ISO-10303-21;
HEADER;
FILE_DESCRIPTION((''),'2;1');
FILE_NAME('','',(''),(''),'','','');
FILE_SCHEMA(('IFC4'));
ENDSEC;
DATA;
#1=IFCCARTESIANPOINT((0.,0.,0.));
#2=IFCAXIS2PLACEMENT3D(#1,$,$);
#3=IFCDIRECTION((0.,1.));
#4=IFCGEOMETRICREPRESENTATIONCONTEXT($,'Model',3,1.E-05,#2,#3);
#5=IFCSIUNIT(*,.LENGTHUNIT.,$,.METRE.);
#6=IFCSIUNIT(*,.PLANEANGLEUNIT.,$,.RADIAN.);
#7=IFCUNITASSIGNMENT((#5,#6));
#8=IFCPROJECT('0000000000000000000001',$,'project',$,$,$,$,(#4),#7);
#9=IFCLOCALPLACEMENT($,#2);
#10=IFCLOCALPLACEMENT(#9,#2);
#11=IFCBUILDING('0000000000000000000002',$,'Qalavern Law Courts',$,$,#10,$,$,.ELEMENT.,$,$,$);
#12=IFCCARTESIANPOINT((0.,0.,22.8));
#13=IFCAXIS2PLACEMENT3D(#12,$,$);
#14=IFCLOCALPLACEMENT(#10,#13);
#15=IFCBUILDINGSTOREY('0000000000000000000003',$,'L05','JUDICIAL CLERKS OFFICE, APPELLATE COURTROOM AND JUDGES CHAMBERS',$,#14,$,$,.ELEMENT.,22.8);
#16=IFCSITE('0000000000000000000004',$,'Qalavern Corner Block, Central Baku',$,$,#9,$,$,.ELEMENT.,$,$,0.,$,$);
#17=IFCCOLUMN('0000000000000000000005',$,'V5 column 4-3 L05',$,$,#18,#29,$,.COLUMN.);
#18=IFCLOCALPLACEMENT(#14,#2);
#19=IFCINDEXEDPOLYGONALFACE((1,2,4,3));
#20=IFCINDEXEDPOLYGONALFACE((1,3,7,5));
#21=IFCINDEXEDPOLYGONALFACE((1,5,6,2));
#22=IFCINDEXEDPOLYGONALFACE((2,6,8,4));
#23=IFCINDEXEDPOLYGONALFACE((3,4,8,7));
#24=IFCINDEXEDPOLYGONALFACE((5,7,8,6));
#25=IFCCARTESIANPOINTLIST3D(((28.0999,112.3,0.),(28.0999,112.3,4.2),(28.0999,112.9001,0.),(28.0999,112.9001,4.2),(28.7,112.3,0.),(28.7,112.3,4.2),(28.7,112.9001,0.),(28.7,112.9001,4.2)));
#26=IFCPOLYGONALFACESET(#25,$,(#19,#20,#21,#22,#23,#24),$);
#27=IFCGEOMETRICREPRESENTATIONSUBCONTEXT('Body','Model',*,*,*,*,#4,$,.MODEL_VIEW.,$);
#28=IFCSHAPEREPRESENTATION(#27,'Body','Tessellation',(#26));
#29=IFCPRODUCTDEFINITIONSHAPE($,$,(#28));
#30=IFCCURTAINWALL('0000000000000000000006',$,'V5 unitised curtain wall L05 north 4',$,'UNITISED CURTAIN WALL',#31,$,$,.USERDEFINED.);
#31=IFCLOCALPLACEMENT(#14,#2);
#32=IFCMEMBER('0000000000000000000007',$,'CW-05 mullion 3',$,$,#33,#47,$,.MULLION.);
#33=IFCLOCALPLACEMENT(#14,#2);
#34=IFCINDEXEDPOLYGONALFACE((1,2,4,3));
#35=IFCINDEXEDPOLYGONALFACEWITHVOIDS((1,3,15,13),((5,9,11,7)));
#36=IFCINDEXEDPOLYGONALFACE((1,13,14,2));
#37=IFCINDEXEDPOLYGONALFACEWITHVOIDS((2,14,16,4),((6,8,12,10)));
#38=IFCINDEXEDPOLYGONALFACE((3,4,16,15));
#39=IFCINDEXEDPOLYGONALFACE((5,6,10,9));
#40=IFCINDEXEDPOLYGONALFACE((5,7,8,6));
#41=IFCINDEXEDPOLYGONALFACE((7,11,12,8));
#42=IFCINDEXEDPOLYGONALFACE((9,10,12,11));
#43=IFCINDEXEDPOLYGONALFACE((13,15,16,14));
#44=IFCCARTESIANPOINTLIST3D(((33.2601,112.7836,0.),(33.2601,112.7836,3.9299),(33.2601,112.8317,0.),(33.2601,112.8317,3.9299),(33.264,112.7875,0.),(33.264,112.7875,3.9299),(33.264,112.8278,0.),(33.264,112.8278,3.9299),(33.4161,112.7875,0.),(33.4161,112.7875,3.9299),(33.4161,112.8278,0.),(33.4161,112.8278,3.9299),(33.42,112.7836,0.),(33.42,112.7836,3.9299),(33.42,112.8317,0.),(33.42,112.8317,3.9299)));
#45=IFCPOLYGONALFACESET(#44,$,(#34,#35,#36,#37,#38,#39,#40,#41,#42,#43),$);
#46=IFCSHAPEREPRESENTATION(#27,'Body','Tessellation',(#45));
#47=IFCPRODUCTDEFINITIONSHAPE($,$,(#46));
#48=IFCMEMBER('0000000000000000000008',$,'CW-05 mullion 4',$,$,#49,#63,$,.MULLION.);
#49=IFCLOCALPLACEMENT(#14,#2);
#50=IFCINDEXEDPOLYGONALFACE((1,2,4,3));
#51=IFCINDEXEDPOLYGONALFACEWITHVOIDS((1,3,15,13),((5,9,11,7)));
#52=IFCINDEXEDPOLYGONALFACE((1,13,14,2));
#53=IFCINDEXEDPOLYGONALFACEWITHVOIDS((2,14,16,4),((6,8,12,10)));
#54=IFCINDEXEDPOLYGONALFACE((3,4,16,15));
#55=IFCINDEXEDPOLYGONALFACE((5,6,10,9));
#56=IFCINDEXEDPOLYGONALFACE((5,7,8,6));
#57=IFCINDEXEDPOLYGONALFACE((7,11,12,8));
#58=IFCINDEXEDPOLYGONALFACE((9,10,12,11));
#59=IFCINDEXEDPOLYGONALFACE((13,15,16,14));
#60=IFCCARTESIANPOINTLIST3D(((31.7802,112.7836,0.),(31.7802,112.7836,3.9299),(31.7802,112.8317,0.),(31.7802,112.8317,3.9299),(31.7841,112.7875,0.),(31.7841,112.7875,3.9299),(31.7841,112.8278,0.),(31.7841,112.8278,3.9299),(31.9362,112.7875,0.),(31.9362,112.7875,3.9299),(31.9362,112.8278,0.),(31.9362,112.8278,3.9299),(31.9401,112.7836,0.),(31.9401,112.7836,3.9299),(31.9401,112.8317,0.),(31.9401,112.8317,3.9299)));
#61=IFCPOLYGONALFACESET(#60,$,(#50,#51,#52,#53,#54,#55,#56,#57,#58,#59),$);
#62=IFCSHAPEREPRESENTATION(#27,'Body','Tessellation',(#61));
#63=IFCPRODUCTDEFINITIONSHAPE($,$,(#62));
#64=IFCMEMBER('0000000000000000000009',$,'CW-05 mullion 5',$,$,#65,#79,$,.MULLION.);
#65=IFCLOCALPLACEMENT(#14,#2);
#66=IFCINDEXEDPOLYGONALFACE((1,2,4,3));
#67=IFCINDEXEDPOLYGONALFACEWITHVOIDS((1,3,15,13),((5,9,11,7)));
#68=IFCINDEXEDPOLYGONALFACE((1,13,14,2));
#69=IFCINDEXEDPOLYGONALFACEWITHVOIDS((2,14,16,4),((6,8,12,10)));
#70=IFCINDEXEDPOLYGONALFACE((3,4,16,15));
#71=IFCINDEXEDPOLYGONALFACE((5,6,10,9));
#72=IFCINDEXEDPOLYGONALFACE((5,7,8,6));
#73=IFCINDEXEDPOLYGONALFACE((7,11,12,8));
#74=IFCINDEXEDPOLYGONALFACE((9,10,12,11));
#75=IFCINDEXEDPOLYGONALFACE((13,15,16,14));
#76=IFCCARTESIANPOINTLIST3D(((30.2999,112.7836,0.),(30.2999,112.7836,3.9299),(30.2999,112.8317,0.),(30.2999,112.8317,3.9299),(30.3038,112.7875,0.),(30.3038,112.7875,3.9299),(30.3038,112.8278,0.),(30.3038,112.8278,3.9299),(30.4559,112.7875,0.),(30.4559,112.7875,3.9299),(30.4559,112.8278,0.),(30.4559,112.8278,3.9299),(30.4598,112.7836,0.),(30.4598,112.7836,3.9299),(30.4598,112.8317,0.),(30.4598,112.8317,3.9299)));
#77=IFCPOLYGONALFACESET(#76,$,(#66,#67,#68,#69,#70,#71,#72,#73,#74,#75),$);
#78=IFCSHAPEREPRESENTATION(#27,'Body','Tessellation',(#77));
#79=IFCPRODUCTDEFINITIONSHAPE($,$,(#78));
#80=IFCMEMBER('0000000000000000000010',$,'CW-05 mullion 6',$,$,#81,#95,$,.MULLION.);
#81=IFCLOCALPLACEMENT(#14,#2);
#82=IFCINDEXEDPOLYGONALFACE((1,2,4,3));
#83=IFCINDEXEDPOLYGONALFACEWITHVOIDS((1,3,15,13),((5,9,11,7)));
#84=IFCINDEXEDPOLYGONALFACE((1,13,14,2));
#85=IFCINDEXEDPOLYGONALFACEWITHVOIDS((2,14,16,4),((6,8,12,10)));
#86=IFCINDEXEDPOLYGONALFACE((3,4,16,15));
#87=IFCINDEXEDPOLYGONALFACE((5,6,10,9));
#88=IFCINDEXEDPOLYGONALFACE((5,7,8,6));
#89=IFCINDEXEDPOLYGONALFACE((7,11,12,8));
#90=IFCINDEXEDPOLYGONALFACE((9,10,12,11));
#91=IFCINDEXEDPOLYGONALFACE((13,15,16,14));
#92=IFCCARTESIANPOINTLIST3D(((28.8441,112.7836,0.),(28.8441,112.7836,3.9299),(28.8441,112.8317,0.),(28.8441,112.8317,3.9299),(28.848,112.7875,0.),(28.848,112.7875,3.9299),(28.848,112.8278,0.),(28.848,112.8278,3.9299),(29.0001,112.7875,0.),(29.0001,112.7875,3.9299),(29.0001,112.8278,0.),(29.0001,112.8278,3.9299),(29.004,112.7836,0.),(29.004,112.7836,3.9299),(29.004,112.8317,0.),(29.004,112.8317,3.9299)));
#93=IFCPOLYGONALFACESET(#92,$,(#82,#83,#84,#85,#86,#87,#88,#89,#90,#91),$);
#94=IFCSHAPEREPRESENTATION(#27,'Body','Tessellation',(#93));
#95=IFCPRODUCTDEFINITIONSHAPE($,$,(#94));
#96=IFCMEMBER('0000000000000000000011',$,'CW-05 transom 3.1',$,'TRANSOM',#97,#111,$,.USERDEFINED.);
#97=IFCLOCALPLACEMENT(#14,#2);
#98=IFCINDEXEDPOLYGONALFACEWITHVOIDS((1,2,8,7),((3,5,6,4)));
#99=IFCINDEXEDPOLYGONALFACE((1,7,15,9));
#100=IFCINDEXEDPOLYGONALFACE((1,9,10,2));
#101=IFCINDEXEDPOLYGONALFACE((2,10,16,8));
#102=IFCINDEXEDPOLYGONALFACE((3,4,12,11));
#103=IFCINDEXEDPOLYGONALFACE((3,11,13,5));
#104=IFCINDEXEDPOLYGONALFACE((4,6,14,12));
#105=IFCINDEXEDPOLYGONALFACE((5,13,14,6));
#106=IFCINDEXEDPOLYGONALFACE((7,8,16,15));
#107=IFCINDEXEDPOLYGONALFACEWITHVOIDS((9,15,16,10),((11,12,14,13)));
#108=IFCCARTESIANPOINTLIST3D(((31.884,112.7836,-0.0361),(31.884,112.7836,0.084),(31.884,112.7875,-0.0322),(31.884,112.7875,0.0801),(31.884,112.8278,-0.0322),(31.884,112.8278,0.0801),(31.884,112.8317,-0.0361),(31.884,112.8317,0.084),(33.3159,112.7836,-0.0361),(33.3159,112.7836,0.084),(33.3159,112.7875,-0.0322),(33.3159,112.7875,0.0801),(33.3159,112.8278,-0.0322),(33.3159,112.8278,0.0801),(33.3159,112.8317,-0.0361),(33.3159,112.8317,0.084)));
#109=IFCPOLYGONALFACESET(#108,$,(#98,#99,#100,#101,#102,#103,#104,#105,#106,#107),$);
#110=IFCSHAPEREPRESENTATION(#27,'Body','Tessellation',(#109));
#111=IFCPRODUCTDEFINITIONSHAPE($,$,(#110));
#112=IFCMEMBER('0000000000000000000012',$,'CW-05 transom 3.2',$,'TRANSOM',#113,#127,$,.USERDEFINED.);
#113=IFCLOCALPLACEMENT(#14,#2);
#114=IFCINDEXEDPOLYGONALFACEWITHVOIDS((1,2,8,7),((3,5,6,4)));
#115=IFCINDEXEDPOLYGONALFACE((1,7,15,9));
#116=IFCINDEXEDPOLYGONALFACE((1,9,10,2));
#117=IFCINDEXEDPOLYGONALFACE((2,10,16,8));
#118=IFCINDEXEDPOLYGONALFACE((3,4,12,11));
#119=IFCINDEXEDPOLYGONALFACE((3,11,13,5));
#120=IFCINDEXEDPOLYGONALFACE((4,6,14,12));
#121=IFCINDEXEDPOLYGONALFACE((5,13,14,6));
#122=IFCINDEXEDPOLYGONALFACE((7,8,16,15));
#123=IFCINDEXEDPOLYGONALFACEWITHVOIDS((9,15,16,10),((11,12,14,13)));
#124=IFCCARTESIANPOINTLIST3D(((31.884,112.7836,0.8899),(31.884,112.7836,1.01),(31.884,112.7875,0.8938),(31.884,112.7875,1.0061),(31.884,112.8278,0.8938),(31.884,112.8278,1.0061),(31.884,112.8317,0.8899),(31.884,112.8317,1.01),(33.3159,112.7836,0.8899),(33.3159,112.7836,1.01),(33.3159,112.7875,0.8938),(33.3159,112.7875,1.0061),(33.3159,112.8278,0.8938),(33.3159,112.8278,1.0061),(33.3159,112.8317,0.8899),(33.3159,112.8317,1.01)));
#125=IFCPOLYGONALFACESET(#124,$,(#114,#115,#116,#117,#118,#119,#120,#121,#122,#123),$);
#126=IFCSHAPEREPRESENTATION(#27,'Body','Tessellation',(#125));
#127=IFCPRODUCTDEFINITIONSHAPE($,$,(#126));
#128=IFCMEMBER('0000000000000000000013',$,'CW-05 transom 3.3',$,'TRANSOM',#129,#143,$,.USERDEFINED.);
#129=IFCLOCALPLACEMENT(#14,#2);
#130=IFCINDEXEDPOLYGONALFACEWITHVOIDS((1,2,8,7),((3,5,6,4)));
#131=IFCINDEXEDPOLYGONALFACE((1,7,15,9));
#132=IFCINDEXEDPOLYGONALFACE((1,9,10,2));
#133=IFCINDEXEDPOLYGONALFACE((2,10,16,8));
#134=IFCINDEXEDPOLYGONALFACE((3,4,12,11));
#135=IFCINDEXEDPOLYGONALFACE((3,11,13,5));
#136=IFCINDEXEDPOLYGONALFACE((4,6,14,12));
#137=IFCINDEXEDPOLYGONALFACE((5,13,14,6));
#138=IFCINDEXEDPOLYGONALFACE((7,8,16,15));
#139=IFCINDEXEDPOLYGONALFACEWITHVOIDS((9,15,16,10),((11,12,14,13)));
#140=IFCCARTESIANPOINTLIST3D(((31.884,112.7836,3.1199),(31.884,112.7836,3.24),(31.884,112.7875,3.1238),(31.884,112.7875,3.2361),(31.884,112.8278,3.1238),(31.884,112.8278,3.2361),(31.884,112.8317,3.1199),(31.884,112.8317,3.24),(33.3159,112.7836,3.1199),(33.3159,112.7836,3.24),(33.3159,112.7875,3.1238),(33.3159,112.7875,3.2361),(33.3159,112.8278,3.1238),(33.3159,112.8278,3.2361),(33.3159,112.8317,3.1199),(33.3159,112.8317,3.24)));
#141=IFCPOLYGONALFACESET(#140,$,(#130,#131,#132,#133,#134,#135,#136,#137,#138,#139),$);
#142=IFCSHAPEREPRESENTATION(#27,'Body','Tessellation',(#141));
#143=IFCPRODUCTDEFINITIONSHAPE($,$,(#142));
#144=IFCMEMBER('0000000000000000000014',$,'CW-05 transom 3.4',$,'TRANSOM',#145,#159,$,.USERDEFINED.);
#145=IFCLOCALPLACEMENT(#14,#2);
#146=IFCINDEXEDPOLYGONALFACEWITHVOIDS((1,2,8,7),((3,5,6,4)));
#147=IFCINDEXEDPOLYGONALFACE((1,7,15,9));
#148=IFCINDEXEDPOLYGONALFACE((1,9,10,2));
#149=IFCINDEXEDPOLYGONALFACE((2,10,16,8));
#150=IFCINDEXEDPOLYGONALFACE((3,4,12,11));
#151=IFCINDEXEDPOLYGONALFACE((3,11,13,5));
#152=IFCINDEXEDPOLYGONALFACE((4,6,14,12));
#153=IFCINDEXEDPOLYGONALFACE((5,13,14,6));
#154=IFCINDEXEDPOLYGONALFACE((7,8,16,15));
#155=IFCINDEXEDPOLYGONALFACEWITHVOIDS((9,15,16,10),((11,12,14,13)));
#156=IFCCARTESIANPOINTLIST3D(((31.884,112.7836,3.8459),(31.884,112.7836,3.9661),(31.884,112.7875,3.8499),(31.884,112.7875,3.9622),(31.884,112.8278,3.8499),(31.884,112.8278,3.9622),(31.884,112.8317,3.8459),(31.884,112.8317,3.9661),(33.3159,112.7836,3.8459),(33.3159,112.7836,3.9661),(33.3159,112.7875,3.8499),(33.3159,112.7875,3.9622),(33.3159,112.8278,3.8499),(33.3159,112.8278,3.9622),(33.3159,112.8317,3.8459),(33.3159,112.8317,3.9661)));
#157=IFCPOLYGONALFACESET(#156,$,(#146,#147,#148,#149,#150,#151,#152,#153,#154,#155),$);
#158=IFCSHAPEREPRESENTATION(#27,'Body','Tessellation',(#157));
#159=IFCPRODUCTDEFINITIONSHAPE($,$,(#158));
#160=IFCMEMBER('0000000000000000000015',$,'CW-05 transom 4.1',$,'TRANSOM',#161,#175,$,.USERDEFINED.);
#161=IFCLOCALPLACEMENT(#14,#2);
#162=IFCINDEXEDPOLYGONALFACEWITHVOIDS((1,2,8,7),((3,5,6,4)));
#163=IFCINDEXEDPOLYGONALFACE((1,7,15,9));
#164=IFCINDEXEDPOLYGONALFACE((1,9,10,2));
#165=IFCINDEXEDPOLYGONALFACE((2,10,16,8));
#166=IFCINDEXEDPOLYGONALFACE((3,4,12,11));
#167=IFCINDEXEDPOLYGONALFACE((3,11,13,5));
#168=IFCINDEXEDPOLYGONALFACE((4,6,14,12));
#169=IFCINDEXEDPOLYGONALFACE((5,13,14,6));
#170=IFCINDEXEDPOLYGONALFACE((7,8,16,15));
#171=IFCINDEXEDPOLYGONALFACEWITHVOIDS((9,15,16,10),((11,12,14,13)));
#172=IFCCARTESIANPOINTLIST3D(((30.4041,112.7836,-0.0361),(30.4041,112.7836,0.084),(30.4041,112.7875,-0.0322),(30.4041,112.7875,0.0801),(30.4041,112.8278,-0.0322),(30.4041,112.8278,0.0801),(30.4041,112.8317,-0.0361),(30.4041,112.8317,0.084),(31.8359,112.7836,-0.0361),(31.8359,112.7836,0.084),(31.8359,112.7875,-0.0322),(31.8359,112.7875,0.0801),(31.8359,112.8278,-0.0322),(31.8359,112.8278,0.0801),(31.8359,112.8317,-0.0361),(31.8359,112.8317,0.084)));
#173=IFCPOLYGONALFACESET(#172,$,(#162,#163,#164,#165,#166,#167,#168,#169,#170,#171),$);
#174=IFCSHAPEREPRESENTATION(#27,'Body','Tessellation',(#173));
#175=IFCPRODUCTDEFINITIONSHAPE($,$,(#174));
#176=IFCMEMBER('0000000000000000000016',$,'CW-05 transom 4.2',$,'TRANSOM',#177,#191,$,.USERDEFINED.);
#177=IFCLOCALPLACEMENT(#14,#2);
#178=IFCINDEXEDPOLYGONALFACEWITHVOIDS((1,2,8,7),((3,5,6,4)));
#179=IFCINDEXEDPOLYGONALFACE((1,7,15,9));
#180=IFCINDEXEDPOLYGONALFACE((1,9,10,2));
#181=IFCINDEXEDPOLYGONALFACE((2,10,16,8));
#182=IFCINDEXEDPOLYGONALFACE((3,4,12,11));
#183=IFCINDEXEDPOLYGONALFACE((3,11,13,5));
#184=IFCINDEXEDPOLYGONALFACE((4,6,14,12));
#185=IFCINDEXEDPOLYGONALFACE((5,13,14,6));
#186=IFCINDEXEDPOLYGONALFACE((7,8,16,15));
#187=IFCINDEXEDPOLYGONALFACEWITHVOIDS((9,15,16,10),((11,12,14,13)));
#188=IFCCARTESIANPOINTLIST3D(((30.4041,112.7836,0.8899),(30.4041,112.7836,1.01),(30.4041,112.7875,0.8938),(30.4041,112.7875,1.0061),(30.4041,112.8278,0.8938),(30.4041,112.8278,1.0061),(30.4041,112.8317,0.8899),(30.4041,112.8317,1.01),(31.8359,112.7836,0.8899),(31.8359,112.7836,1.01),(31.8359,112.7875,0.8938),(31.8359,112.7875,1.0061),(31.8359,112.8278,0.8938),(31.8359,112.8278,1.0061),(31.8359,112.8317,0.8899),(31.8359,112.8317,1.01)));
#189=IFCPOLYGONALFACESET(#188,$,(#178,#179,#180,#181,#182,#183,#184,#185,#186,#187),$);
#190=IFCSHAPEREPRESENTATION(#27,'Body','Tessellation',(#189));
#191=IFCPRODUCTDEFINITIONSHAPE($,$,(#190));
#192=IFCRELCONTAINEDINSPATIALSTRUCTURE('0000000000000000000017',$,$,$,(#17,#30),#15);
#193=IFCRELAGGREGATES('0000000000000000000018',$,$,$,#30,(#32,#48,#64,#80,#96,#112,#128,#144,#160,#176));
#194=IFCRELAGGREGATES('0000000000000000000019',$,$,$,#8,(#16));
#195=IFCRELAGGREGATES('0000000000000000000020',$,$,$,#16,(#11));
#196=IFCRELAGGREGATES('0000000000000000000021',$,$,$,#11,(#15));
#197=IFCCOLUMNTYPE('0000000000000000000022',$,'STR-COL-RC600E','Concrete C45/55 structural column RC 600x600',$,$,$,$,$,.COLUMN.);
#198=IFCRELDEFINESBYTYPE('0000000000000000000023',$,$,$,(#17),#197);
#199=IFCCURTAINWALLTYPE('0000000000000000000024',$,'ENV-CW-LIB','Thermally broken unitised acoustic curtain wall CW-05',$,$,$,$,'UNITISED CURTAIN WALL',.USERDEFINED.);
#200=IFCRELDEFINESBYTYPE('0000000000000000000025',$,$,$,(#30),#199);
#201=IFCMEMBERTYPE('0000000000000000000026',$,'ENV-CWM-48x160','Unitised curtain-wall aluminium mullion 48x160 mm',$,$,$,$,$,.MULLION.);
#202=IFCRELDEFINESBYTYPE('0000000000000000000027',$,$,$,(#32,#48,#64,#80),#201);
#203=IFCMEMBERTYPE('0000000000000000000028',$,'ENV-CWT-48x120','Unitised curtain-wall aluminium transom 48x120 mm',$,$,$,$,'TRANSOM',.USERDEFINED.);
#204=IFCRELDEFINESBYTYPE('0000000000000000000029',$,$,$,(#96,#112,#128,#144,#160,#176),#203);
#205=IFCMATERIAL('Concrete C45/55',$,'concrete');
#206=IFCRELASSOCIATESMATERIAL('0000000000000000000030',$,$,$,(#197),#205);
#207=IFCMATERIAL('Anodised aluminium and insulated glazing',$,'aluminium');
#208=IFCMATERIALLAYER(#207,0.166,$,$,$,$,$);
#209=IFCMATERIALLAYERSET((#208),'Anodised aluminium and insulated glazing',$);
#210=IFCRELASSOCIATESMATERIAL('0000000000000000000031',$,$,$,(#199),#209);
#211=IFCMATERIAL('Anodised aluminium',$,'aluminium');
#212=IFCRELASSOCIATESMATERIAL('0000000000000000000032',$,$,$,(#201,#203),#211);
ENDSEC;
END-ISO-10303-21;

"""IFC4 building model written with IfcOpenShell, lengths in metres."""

from ifc_helpers import new_model, si_unit, direction, frame, origin, origin_2d, place, context, subcontext, project, spatial, rectangle, hollow_rectangle, extrude, material, layer, layer_set, material_profile, profile_set, type_object, element, aggregate, save


model = new_model("IFC4")

# Units and contexts
model_context = context("Model", 3, precision=1e-05, world=origin(), true_north=direction((0.0, 1.0)))
body_context = subcontext(model_context, "Body", "Model", "MODEL_VIEW")
ifc_project = project(units=[si_unit("LENGTHUNIT", "METRE"), si_unit("PLANEANGLEUNIT", "RADIAN")], contexts=[model_context])

# Site, building, storey
site_placement = place(None, origin())
site = spatial("IfcSite", under=ifc_project, at=site_placement, Name="Qalavern Corner Block, Central Baku", CompositionType="ELEMENT", RefElevation=0.0)
building_placement = place(site_placement, origin())
building = spatial("IfcBuilding", under=site, at=building_placement, Name="Qalavern Law Courts", CompositionType="ELEMENT")
storey_placement = place(building_placement, frame((0.0, 0.0, 22.8)))
storey = spatial("IfcBuildingStorey", under=building, at=storey_placement, Name="L05", Description="JUDICIAL CLERKS OFFICE, APPELLATE COURTROOM AND JUDGES CHAMBERS", CompositionType="ELEMENT", Elevation=22.8)

# Column
ifc_material_1 = material(Name="Concrete C45/55", Category="concrete")
ifc_material_profile_1 = material_profile(ifc_material_1, rectangle(XDim=0.6001, YDim=0.6001, at=origin_2d()), Name="RC 600x600")
ifc_profile_set_1 = profile_set([ifc_material_profile_1], Name="Concrete C45/55")
column_type = type_object("IfcColumnType", Name="STR-COL-RC600E", Description="Concrete C45/55 structural column RC 600x600", PredefinedType="COLUMN", material=ifc_profile_set_1)
column_placement = place(storey_placement, frame((28.3999, 112.6001, 0.0), z_axis=(0.0, 0.0, 1.0), x_axis=(1.0, 0.0, 0.0)))
element("IfcColumn", 1, at=column_placement, inside=storey, type_object=column_type, Name="V5 column 4-3 L05", PredefinedType="COLUMN", context=body_context, shape_type="SweptSolid", body=[
    extrude(rectangle(XDim=0.6001, YDim=0.6001, at=origin_2d()), origin(), (0.0, 0.0, 1.0), 4.2),
])

# Curtain wall, members
ifc_material_2 = material(Name="Anodised aluminium and insulated glazing", Category="aluminium")
ifc_layer_1 = layer(ifc_material_2, 0.166)
ifc_layer_set_1 = layer_set([ifc_layer_1], Name="Anodised aluminium and insulated glazing")
curtain_wall_type = type_object("IfcCurtainWallType", Name="ENV-CW-LIB", Description="Thermally broken unitised acoustic curtain wall CW-05", ElementType="UNITISED CURTAIN WALL", PredefinedType="USERDEFINED", material=ifc_layer_set_1)
curtain_wall_placement = place(storey_placement, origin())
curtain_wall = element("IfcCurtainWall", 2, at=curtain_wall_placement, inside=storey, type_object=curtain_wall_type, Name="V5 unitised curtain wall L05 north 4", ObjectType="UNITISED CURTAIN WALL", PredefinedType="USERDEFINED")
ifc_material_3 = material(Name="Anodised aluminium", Category="aluminium")
ifc_material_profile_2 = material_profile(ifc_material_3, hollow_rectangle(XDim=0.0481, YDim=0.1599, WallThickness=0.0039, at=origin_2d()), Name="ALU MULLION 48x160")
ifc_profile_set_2 = profile_set([ifc_material_profile_2], Name="Anodised aluminium")
member_type_1 = type_object("IfcMemberType", Name="ENV-CWM-48x160", Description="Unitised curtain-wall aluminium mullion 48x160 mm", PredefinedType="MULLION", material=ifc_profile_set_2)
member_1_placement = place(storey_placement, frame((33.3401, 112.8076, 0.0), z_axis=(0.0, 0.0, 1.0), x_axis=(0.0, -1.0, 0.0)))
member_1 = element("IfcMember", 3, at=member_1_placement, type_object=member_type_1, Name="CW-05 mullion 3", PredefinedType="MULLION", context=body_context, shape_type="SweptSolid", body=[
    extrude(hollow_rectangle(XDim=0.0481, YDim=0.1599, WallThickness=0.0039, at=origin_2d()), origin(), (0.0, 0.0, 1.0), 3.9299),
])
member_2_placement = place(storey_placement, frame((31.8601, 112.8076, 0.0), z_axis=(0.0, 0.0, 1.0), x_axis=(0.0, -1.0, 0.0)))
member_2 = element("IfcMember", 4, at=member_2_placement, type_object=member_type_1, Name="CW-05 mullion 4", PredefinedType="MULLION", context=body_context, shape_type="SweptSolid", body=[
    extrude(hollow_rectangle(XDim=0.0481, YDim=0.1599, WallThickness=0.0039, at=origin_2d()), origin(), (0.0, 0.0, 1.0), 3.9299),
])
member_3_placement = place(storey_placement, frame((30.3799, 112.8076, 0.0), z_axis=(0.0, 0.0, 1.0), x_axis=(0.0, -1.0, 0.0)))
member_3 = element("IfcMember", 5, at=member_3_placement, type_object=member_type_1, Name="CW-05 mullion 5", PredefinedType="MULLION", context=body_context, shape_type="SweptSolid", body=[
    extrude(hollow_rectangle(XDim=0.0481, YDim=0.1599, WallThickness=0.0039, at=origin_2d()), origin(), (0.0, 0.0, 1.0), 3.9299),
])
member_4_placement = place(storey_placement, frame((28.9241, 112.8076, 0.0), z_axis=(0.0, 0.0, 1.0), x_axis=(0.0, -1.0, 0.0)))
member_4 = element("IfcMember", 6, at=member_4_placement, type_object=member_type_1, Name="CW-05 mullion 6", PredefinedType="MULLION", context=body_context, shape_type="SweptSolid", body=[
    extrude(hollow_rectangle(XDim=0.0481, YDim=0.1599, WallThickness=0.0039, at=origin_2d()), origin(), (0.0, 0.0, 1.0), 3.9299),
])
ifc_material_profile_3 = material_profile(ifc_material_3, hollow_rectangle(XDim=0.0481, YDim=0.1201, WallThickness=0.0039, at=origin_2d()), Name="ALU TRANSOM 48x120")
ifc_profile_set_3 = profile_set([ifc_material_profile_3], Name="Anodised aluminium")
member_type_2 = type_object("IfcMemberType", Name="ENV-CWT-48x120", Description="Unitised curtain-wall aluminium transom 48x120 mm", ElementType="TRANSOM", PredefinedType="USERDEFINED", material=ifc_profile_set_3)
member_5_placement = place(storey_placement, frame((33.3159, 112.8076, 0.0239), z_axis=(-1.0, 0.0, 0.0), x_axis=(0.0, -1.0, 0.0)))
member_5 = element("IfcMember", 7, at=member_5_placement, type_object=member_type_2, Name="CW-05 transom 3.1", ObjectType="TRANSOM", PredefinedType="USERDEFINED", context=body_context, shape_type="SweptSolid", body=[
    extrude(hollow_rectangle(XDim=0.0481, YDim=0.1201, WallThickness=0.0039, at=origin_2d()), origin(), (0.0, 0.0, 1.0), 1.4319),
])
member_6_placement = place(storey_placement, frame((33.3159, 112.8076, 0.95), z_axis=(-1.0, 0.0, 0.0), x_axis=(0.0, -1.0, 0.0)))
member_6 = element("IfcMember", 8, at=member_6_placement, type_object=member_type_2, Name="CW-05 transom 3.2", ObjectType="TRANSOM", PredefinedType="USERDEFINED", context=body_context, shape_type="SweptSolid", body=[
    extrude(hollow_rectangle(XDim=0.0481, YDim=0.1201, WallThickness=0.0039, at=origin_2d()), origin(), (0.0, 0.0, 1.0), 1.4319),
])
member_7_placement = place(storey_placement, frame((33.3159, 112.8076, 3.1799), z_axis=(-1.0, 0.0, 0.0), x_axis=(0.0, -1.0, 0.0)))
member_7 = element("IfcMember", 9, at=member_7_placement, type_object=member_type_2, Name="CW-05 transom 3.3", ObjectType="TRANSOM", PredefinedType="USERDEFINED", context=body_context, shape_type="SweptSolid", body=[
    extrude(hollow_rectangle(XDim=0.0481, YDim=0.1201, WallThickness=0.0039, at=origin_2d()), origin(), (0.0, 0.0, 1.0), 1.4319),
])
member_8_placement = place(storey_placement, frame((33.3159, 112.8076, 3.906), z_axis=(-1.0, 0.0, 0.0), x_axis=(0.0, -1.0, 0.0)))
member_8 = element("IfcMember", 10, at=member_8_placement, type_object=member_type_2, Name="CW-05 transom 3.4", ObjectType="TRANSOM", PredefinedType="USERDEFINED", context=body_context, shape_type="SweptSolid", body=[
    extrude(hollow_rectangle(XDim=0.0481, YDim=0.1201, WallThickness=0.0039, at=origin_2d()), origin(), (0.0, 0.0, 1.0), 1.4319),
])
member_9_placement = place(storey_placement, frame((31.8359, 112.8076, 0.0239), z_axis=(-1.0, 0.0, 0.0), x_axis=(0.0, -1.0, 0.0)))
member_9 = element("IfcMember", 11, at=member_9_placement, type_object=member_type_2, Name="CW-05 transom 4.1", ObjectType="TRANSOM", PredefinedType="USERDEFINED", context=body_context, shape_type="SweptSolid", body=[
    extrude(hollow_rectangle(XDim=0.0481, YDim=0.1201, WallThickness=0.0039, at=origin_2d()), origin(), (0.0, 0.0, 1.0), 1.4319),
])
member_10_placement = place(storey_placement, frame((31.8359, 112.8076, 0.95), z_axis=(-1.0, 0.0, 0.0), x_axis=(0.0, -1.0, 0.0)))
member_10 = element("IfcMember", 12, at=member_10_placement, type_object=member_type_2, Name="CW-05 transom 4.2", ObjectType="TRANSOM", PredefinedType="USERDEFINED", context=body_context, shape_type="SweptSolid", body=[
    extrude(hollow_rectangle(XDim=0.0481, YDim=0.1201, WallThickness=0.0039, at=origin_2d()), origin(), (0.0, 0.0, 1.0), 1.4319),
])

aggregate(curtain_wall, [member_1, member_2, member_3, member_4, member_5, member_6, member_7, member_8, member_9, member_10])

save(model, "model.ifc")
